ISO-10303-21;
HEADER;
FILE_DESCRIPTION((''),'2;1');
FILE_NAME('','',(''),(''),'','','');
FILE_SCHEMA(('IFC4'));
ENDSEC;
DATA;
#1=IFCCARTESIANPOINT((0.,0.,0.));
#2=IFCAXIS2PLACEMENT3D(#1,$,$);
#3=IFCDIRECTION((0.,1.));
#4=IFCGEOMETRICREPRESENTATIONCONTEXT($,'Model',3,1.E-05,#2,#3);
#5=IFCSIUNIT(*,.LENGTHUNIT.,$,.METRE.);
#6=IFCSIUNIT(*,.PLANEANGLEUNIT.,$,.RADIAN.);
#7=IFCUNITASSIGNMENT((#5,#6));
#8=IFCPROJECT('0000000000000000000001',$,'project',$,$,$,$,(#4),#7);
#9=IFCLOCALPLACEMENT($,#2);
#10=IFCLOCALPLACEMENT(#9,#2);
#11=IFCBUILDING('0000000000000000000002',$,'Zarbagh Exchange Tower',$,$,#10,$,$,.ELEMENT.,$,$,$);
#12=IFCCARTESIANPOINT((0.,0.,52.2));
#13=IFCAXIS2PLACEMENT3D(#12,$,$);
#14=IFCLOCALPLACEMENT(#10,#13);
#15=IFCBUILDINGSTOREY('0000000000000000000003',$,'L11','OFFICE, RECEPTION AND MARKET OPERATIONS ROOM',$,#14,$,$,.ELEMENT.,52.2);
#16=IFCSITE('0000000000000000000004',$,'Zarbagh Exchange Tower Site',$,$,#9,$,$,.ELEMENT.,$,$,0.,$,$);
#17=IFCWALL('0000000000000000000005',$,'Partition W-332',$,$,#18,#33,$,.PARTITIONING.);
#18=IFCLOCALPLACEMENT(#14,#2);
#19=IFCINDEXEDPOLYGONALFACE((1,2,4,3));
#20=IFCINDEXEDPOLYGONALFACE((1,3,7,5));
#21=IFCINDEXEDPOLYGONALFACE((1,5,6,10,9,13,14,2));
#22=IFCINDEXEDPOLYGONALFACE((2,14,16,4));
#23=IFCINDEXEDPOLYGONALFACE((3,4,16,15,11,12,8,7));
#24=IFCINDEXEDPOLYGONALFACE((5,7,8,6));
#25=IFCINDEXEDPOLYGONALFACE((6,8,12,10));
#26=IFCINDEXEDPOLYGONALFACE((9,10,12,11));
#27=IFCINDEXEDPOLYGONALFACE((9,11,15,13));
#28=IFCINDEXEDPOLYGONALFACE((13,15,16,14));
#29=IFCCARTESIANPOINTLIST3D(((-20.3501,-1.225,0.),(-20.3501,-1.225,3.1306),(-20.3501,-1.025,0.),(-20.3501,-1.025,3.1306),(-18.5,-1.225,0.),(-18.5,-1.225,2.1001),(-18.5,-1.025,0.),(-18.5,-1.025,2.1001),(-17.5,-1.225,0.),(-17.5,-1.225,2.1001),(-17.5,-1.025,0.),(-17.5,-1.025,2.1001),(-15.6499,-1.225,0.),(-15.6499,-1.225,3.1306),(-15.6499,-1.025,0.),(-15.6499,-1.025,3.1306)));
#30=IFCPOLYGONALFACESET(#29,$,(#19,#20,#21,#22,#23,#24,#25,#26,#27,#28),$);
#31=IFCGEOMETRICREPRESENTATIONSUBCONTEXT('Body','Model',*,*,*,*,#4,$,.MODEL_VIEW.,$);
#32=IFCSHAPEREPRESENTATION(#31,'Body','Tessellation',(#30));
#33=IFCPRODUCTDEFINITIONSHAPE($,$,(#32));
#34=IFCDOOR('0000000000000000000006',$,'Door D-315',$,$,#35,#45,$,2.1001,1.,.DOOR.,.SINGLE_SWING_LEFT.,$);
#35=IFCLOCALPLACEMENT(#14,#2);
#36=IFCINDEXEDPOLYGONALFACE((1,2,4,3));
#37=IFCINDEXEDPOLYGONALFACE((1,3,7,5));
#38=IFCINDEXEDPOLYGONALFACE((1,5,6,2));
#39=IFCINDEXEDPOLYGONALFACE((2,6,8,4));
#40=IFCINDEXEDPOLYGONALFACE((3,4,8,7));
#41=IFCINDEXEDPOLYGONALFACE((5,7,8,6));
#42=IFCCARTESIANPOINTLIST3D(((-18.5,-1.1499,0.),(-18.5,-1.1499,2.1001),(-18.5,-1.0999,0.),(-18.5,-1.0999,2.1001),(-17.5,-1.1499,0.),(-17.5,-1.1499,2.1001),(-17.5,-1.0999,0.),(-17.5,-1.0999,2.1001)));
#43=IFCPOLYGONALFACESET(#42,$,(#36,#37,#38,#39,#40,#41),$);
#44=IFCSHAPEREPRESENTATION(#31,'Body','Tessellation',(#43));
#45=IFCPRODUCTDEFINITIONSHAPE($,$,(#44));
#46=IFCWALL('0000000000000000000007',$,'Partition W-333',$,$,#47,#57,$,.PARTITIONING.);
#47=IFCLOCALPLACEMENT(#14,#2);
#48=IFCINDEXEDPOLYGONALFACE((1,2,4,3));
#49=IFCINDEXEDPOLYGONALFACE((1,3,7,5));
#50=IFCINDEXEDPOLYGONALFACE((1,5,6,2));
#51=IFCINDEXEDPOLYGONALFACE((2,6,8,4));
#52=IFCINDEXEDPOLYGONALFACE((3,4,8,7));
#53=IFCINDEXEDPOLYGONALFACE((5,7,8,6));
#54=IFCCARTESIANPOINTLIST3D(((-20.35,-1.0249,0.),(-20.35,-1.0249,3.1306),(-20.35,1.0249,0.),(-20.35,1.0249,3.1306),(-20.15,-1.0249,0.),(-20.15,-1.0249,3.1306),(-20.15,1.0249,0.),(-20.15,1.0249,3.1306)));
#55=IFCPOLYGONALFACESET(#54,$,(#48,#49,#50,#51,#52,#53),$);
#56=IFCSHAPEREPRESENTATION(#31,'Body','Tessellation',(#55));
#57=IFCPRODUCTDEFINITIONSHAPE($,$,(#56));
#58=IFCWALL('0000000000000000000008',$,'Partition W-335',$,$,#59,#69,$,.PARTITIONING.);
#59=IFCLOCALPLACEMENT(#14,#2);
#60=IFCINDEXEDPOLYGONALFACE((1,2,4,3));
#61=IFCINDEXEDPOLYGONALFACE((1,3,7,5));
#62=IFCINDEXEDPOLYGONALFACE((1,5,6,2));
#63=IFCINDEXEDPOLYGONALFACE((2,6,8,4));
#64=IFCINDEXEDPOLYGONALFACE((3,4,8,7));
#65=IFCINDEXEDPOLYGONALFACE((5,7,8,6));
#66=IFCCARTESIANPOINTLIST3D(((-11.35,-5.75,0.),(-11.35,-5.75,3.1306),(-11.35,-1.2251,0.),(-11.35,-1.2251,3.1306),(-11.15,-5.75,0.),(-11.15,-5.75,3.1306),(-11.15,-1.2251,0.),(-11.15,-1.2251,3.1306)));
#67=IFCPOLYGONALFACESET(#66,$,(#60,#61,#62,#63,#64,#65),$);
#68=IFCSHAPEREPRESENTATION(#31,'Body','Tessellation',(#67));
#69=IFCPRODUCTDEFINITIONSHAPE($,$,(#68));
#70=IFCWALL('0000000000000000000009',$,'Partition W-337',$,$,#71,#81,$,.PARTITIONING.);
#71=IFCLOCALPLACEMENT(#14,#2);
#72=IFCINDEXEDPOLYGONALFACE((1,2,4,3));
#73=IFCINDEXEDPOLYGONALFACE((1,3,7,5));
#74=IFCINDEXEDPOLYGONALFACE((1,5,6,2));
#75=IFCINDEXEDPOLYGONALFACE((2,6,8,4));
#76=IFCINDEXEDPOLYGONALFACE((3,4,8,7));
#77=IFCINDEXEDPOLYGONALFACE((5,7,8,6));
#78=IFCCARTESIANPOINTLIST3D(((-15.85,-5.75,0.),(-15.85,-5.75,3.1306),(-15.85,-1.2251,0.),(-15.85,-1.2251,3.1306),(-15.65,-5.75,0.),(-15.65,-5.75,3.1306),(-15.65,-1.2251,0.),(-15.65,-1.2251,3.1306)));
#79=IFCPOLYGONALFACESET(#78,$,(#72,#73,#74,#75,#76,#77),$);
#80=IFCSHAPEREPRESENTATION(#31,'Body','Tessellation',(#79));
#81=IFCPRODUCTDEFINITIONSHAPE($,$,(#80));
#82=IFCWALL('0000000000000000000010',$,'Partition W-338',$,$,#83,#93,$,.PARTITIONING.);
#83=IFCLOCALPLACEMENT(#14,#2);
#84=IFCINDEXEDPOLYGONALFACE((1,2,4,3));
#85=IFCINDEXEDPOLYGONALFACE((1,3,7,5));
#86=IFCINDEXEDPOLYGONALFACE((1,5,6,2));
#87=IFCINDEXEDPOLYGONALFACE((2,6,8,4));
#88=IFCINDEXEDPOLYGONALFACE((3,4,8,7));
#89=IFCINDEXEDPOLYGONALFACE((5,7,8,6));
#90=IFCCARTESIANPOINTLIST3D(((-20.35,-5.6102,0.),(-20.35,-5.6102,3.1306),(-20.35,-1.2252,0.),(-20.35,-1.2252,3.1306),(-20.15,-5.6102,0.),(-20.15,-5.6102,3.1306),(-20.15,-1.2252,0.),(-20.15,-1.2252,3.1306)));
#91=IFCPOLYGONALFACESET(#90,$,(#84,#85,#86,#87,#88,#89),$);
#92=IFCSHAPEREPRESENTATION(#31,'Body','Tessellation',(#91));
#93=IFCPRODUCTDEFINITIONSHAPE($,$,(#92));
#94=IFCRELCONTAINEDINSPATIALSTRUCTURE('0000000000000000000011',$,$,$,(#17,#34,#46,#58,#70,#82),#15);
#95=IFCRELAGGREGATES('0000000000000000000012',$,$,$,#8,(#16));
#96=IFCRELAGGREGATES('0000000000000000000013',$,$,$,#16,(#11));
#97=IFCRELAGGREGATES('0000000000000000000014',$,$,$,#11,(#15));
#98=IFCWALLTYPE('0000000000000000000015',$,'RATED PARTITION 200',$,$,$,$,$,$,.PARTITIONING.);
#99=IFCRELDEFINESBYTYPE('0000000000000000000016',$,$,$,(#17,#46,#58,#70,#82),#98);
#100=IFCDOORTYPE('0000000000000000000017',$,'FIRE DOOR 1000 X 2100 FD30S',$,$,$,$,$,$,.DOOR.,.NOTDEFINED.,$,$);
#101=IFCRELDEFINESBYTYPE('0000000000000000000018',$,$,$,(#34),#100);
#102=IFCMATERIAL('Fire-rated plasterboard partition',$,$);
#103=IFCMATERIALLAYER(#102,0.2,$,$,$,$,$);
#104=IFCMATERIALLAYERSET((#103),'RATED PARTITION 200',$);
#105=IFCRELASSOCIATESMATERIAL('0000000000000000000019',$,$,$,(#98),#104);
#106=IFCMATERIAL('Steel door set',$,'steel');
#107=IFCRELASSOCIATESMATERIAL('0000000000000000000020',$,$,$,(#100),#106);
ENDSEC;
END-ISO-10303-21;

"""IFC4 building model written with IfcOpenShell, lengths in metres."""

from ifc_helpers import new_model, si_unit, direction, frame, frame_2d, origin, place, context, subcontext, project, spatial, rectangle, extrude, material, layer, layer_set, type_object, element, fill, save


model = new_model("IFC4")

# Units and contexts
model_context = context("Model", 3, precision=1e-05, world=origin(), true_north=direction((0.0, 1.0)))
body_context = subcontext(model_context, "Body", "Model", "MODEL_VIEW")
ifc_project = project(units=[si_unit("LENGTHUNIT", "METRE"), si_unit("PLANEANGLEUNIT", "RADIAN")], contexts=[model_context])

# Site, building, storey
site_placement = place(None, origin())
site = spatial("IfcSite", under=ifc_project, at=site_placement, Name="Zarbagh Exchange Tower Site", CompositionType="ELEMENT", RefElevation=0.0)
building_placement = place(site_placement, origin())
building = spatial("IfcBuilding", under=site, at=building_placement, Name="Zarbagh Exchange Tower", CompositionType="ELEMENT")
storey_placement = place(building_placement, frame((0.0, 0.0, 52.2)))
storey = spatial("IfcBuildingStorey", under=building, at=storey_placement, Name="L11", Description="OFFICE, RECEPTION AND MARKET OPERATIONS ROOM", CompositionType="ELEMENT", Elevation=52.2)

# Shared definitions
ifc_material_1 = material(Name="Fire-rated plasterboard partition")
ifc_layer_1 = layer(ifc_material_1, 0.2)
ifc_layer_set_1 = layer_set([ifc_layer_1], Name="RATED PARTITION 200")
wall_type_1 = type_object("IfcWallType", Name="RATED PARTITION 200", PredefinedType="PARTITIONING", material=ifc_layer_set_1)

# Wall, opening, door
ifc_material_2 = material(Name="Steel door set", Category="steel")
door_type_1 = type_object("IfcDoorType", Name="FIRE DOOR 1000 X 2100 FD30S", OperationType="NOTDEFINED", PredefinedType="DOOR", material=ifc_material_2)
wall_1_placement = place(storey_placement, frame((-15.6499, -1.125, 0.0), z_axis=(0.0, 0.0, 1.0), x_axis=(-1.0, 0.0, 0.0)))
wall_1 = element("IfcWall", 1, at=wall_1_placement, inside=storey, type_object=wall_type_1, Name="Partition W-332", PredefinedType="PARTITIONING", context=body_context, shape_type="SweptSolid", body=[
    extrude(rectangle(XDim=4.7002, YDim=0.2, at=frame_2d((2.3501, 0.0))), origin(), (0.0, 0.0, 1.0), 3.1306),
])
opening_1_placement = place(wall_1_placement, frame((1.8501, 0.0, 0.0)))
opening_1 = element("IfcOpeningElement", 2, at=opening_1_placement, cuts=wall_1, PredefinedType="OPENING", context=body_context, shape_type="SweptSolid", body=[
    extrude(rectangle(XDim=1.0, YDim=2.1001, at=frame_2d((0.5, 1.05))), frame((0.0, 0.1099, 0.0), z_axis=(0.0, -1.0, 0.0), x_axis=(1.0, 0.0, 0.0)), (0.0, 0.0, 1.0), 0.22),
])
door_1_placement = place(opening_1_placement, origin())
door_1 = element("IfcDoor", 3, at=door_1_placement, inside=storey, type_object=door_type_1, Name="Door D-315", OperationType="SINGLE_SWING_LEFT", OverallHeight=2.1001, OverallWidth=1.0, PredefinedType="DOOR", context=body_context, shape_type="SweptSolid", body=[
    extrude(rectangle(XDim=1.0, YDim=2.1001, at=frame_2d((0.5, 1.05))), frame((0.0, 0.0249, 0.0), z_axis=(0.0, -1.0, 0.0), x_axis=(1.0, 0.0, 0.0)), (0.0, 0.0, 1.0), 0.05),
])
fill(opening_1, door_1)

# Walls
wall_2_placement = place(storey_placement, frame((-20.25, -1.0249, 0.0), z_axis=(0.0, 0.0, 1.0), x_axis=(0.0, 1.0, 0.0)))
element("IfcWall", 4, at=wall_2_placement, inside=storey, type_object=wall_type_1, Name="Partition W-333", PredefinedType="PARTITIONING", context=body_context, shape_type="SweptSolid", body=[
    extrude(rectangle(XDim=2.0498, YDim=0.2, at=frame_2d((1.0249, 0.0))), origin(), (0.0, 0.0, 1.0), 3.1306),
])
for number, where, z_axis, x_axis, name in (
    (5, (-11.25, -5.75, 0.0), (0.0, 0.0, 1.0), (0.0, 1.0, 0.0), "Partition W-335"),
    (6, (-15.75, -5.75, 0.0), (0.0, 0.0, 1.0), (0.0, 1.0, 0.0), "Partition W-337"),
):
    element("IfcWall", number, at=place(storey_placement, frame(where, z_axis=z_axis, x_axis=x_axis)), inside=storey, type_object=wall_type_1, Name=name, PredefinedType="PARTITIONING", context=body_context, shape_type="SweptSolid", body=[
        extrude(rectangle(XDim=4.5249, YDim=0.2, at=frame_2d((2.2625, 0.0))), origin(), (0.0, 0.0, 1.0), 3.1306),
    ])
wall_3_placement = place(storey_placement, frame((-20.25, -5.6101, 0.0), z_axis=(0.0, 0.0, 1.0), x_axis=(0.0, 1.0, 0.0)))
element("IfcWall", 7, at=wall_3_placement, inside=storey, type_object=wall_type_1, Name="Partition W-338", PredefinedType="PARTITIONING", context=body_context, shape_type="SweptSolid", body=[
    extrude(rectangle(XDim=4.385, YDim=0.2, at=frame_2d((2.1924, 0.0))), origin(), (0.0, 0.0, 1.0), 3.1306),
])

save(model, "model.ifc")
